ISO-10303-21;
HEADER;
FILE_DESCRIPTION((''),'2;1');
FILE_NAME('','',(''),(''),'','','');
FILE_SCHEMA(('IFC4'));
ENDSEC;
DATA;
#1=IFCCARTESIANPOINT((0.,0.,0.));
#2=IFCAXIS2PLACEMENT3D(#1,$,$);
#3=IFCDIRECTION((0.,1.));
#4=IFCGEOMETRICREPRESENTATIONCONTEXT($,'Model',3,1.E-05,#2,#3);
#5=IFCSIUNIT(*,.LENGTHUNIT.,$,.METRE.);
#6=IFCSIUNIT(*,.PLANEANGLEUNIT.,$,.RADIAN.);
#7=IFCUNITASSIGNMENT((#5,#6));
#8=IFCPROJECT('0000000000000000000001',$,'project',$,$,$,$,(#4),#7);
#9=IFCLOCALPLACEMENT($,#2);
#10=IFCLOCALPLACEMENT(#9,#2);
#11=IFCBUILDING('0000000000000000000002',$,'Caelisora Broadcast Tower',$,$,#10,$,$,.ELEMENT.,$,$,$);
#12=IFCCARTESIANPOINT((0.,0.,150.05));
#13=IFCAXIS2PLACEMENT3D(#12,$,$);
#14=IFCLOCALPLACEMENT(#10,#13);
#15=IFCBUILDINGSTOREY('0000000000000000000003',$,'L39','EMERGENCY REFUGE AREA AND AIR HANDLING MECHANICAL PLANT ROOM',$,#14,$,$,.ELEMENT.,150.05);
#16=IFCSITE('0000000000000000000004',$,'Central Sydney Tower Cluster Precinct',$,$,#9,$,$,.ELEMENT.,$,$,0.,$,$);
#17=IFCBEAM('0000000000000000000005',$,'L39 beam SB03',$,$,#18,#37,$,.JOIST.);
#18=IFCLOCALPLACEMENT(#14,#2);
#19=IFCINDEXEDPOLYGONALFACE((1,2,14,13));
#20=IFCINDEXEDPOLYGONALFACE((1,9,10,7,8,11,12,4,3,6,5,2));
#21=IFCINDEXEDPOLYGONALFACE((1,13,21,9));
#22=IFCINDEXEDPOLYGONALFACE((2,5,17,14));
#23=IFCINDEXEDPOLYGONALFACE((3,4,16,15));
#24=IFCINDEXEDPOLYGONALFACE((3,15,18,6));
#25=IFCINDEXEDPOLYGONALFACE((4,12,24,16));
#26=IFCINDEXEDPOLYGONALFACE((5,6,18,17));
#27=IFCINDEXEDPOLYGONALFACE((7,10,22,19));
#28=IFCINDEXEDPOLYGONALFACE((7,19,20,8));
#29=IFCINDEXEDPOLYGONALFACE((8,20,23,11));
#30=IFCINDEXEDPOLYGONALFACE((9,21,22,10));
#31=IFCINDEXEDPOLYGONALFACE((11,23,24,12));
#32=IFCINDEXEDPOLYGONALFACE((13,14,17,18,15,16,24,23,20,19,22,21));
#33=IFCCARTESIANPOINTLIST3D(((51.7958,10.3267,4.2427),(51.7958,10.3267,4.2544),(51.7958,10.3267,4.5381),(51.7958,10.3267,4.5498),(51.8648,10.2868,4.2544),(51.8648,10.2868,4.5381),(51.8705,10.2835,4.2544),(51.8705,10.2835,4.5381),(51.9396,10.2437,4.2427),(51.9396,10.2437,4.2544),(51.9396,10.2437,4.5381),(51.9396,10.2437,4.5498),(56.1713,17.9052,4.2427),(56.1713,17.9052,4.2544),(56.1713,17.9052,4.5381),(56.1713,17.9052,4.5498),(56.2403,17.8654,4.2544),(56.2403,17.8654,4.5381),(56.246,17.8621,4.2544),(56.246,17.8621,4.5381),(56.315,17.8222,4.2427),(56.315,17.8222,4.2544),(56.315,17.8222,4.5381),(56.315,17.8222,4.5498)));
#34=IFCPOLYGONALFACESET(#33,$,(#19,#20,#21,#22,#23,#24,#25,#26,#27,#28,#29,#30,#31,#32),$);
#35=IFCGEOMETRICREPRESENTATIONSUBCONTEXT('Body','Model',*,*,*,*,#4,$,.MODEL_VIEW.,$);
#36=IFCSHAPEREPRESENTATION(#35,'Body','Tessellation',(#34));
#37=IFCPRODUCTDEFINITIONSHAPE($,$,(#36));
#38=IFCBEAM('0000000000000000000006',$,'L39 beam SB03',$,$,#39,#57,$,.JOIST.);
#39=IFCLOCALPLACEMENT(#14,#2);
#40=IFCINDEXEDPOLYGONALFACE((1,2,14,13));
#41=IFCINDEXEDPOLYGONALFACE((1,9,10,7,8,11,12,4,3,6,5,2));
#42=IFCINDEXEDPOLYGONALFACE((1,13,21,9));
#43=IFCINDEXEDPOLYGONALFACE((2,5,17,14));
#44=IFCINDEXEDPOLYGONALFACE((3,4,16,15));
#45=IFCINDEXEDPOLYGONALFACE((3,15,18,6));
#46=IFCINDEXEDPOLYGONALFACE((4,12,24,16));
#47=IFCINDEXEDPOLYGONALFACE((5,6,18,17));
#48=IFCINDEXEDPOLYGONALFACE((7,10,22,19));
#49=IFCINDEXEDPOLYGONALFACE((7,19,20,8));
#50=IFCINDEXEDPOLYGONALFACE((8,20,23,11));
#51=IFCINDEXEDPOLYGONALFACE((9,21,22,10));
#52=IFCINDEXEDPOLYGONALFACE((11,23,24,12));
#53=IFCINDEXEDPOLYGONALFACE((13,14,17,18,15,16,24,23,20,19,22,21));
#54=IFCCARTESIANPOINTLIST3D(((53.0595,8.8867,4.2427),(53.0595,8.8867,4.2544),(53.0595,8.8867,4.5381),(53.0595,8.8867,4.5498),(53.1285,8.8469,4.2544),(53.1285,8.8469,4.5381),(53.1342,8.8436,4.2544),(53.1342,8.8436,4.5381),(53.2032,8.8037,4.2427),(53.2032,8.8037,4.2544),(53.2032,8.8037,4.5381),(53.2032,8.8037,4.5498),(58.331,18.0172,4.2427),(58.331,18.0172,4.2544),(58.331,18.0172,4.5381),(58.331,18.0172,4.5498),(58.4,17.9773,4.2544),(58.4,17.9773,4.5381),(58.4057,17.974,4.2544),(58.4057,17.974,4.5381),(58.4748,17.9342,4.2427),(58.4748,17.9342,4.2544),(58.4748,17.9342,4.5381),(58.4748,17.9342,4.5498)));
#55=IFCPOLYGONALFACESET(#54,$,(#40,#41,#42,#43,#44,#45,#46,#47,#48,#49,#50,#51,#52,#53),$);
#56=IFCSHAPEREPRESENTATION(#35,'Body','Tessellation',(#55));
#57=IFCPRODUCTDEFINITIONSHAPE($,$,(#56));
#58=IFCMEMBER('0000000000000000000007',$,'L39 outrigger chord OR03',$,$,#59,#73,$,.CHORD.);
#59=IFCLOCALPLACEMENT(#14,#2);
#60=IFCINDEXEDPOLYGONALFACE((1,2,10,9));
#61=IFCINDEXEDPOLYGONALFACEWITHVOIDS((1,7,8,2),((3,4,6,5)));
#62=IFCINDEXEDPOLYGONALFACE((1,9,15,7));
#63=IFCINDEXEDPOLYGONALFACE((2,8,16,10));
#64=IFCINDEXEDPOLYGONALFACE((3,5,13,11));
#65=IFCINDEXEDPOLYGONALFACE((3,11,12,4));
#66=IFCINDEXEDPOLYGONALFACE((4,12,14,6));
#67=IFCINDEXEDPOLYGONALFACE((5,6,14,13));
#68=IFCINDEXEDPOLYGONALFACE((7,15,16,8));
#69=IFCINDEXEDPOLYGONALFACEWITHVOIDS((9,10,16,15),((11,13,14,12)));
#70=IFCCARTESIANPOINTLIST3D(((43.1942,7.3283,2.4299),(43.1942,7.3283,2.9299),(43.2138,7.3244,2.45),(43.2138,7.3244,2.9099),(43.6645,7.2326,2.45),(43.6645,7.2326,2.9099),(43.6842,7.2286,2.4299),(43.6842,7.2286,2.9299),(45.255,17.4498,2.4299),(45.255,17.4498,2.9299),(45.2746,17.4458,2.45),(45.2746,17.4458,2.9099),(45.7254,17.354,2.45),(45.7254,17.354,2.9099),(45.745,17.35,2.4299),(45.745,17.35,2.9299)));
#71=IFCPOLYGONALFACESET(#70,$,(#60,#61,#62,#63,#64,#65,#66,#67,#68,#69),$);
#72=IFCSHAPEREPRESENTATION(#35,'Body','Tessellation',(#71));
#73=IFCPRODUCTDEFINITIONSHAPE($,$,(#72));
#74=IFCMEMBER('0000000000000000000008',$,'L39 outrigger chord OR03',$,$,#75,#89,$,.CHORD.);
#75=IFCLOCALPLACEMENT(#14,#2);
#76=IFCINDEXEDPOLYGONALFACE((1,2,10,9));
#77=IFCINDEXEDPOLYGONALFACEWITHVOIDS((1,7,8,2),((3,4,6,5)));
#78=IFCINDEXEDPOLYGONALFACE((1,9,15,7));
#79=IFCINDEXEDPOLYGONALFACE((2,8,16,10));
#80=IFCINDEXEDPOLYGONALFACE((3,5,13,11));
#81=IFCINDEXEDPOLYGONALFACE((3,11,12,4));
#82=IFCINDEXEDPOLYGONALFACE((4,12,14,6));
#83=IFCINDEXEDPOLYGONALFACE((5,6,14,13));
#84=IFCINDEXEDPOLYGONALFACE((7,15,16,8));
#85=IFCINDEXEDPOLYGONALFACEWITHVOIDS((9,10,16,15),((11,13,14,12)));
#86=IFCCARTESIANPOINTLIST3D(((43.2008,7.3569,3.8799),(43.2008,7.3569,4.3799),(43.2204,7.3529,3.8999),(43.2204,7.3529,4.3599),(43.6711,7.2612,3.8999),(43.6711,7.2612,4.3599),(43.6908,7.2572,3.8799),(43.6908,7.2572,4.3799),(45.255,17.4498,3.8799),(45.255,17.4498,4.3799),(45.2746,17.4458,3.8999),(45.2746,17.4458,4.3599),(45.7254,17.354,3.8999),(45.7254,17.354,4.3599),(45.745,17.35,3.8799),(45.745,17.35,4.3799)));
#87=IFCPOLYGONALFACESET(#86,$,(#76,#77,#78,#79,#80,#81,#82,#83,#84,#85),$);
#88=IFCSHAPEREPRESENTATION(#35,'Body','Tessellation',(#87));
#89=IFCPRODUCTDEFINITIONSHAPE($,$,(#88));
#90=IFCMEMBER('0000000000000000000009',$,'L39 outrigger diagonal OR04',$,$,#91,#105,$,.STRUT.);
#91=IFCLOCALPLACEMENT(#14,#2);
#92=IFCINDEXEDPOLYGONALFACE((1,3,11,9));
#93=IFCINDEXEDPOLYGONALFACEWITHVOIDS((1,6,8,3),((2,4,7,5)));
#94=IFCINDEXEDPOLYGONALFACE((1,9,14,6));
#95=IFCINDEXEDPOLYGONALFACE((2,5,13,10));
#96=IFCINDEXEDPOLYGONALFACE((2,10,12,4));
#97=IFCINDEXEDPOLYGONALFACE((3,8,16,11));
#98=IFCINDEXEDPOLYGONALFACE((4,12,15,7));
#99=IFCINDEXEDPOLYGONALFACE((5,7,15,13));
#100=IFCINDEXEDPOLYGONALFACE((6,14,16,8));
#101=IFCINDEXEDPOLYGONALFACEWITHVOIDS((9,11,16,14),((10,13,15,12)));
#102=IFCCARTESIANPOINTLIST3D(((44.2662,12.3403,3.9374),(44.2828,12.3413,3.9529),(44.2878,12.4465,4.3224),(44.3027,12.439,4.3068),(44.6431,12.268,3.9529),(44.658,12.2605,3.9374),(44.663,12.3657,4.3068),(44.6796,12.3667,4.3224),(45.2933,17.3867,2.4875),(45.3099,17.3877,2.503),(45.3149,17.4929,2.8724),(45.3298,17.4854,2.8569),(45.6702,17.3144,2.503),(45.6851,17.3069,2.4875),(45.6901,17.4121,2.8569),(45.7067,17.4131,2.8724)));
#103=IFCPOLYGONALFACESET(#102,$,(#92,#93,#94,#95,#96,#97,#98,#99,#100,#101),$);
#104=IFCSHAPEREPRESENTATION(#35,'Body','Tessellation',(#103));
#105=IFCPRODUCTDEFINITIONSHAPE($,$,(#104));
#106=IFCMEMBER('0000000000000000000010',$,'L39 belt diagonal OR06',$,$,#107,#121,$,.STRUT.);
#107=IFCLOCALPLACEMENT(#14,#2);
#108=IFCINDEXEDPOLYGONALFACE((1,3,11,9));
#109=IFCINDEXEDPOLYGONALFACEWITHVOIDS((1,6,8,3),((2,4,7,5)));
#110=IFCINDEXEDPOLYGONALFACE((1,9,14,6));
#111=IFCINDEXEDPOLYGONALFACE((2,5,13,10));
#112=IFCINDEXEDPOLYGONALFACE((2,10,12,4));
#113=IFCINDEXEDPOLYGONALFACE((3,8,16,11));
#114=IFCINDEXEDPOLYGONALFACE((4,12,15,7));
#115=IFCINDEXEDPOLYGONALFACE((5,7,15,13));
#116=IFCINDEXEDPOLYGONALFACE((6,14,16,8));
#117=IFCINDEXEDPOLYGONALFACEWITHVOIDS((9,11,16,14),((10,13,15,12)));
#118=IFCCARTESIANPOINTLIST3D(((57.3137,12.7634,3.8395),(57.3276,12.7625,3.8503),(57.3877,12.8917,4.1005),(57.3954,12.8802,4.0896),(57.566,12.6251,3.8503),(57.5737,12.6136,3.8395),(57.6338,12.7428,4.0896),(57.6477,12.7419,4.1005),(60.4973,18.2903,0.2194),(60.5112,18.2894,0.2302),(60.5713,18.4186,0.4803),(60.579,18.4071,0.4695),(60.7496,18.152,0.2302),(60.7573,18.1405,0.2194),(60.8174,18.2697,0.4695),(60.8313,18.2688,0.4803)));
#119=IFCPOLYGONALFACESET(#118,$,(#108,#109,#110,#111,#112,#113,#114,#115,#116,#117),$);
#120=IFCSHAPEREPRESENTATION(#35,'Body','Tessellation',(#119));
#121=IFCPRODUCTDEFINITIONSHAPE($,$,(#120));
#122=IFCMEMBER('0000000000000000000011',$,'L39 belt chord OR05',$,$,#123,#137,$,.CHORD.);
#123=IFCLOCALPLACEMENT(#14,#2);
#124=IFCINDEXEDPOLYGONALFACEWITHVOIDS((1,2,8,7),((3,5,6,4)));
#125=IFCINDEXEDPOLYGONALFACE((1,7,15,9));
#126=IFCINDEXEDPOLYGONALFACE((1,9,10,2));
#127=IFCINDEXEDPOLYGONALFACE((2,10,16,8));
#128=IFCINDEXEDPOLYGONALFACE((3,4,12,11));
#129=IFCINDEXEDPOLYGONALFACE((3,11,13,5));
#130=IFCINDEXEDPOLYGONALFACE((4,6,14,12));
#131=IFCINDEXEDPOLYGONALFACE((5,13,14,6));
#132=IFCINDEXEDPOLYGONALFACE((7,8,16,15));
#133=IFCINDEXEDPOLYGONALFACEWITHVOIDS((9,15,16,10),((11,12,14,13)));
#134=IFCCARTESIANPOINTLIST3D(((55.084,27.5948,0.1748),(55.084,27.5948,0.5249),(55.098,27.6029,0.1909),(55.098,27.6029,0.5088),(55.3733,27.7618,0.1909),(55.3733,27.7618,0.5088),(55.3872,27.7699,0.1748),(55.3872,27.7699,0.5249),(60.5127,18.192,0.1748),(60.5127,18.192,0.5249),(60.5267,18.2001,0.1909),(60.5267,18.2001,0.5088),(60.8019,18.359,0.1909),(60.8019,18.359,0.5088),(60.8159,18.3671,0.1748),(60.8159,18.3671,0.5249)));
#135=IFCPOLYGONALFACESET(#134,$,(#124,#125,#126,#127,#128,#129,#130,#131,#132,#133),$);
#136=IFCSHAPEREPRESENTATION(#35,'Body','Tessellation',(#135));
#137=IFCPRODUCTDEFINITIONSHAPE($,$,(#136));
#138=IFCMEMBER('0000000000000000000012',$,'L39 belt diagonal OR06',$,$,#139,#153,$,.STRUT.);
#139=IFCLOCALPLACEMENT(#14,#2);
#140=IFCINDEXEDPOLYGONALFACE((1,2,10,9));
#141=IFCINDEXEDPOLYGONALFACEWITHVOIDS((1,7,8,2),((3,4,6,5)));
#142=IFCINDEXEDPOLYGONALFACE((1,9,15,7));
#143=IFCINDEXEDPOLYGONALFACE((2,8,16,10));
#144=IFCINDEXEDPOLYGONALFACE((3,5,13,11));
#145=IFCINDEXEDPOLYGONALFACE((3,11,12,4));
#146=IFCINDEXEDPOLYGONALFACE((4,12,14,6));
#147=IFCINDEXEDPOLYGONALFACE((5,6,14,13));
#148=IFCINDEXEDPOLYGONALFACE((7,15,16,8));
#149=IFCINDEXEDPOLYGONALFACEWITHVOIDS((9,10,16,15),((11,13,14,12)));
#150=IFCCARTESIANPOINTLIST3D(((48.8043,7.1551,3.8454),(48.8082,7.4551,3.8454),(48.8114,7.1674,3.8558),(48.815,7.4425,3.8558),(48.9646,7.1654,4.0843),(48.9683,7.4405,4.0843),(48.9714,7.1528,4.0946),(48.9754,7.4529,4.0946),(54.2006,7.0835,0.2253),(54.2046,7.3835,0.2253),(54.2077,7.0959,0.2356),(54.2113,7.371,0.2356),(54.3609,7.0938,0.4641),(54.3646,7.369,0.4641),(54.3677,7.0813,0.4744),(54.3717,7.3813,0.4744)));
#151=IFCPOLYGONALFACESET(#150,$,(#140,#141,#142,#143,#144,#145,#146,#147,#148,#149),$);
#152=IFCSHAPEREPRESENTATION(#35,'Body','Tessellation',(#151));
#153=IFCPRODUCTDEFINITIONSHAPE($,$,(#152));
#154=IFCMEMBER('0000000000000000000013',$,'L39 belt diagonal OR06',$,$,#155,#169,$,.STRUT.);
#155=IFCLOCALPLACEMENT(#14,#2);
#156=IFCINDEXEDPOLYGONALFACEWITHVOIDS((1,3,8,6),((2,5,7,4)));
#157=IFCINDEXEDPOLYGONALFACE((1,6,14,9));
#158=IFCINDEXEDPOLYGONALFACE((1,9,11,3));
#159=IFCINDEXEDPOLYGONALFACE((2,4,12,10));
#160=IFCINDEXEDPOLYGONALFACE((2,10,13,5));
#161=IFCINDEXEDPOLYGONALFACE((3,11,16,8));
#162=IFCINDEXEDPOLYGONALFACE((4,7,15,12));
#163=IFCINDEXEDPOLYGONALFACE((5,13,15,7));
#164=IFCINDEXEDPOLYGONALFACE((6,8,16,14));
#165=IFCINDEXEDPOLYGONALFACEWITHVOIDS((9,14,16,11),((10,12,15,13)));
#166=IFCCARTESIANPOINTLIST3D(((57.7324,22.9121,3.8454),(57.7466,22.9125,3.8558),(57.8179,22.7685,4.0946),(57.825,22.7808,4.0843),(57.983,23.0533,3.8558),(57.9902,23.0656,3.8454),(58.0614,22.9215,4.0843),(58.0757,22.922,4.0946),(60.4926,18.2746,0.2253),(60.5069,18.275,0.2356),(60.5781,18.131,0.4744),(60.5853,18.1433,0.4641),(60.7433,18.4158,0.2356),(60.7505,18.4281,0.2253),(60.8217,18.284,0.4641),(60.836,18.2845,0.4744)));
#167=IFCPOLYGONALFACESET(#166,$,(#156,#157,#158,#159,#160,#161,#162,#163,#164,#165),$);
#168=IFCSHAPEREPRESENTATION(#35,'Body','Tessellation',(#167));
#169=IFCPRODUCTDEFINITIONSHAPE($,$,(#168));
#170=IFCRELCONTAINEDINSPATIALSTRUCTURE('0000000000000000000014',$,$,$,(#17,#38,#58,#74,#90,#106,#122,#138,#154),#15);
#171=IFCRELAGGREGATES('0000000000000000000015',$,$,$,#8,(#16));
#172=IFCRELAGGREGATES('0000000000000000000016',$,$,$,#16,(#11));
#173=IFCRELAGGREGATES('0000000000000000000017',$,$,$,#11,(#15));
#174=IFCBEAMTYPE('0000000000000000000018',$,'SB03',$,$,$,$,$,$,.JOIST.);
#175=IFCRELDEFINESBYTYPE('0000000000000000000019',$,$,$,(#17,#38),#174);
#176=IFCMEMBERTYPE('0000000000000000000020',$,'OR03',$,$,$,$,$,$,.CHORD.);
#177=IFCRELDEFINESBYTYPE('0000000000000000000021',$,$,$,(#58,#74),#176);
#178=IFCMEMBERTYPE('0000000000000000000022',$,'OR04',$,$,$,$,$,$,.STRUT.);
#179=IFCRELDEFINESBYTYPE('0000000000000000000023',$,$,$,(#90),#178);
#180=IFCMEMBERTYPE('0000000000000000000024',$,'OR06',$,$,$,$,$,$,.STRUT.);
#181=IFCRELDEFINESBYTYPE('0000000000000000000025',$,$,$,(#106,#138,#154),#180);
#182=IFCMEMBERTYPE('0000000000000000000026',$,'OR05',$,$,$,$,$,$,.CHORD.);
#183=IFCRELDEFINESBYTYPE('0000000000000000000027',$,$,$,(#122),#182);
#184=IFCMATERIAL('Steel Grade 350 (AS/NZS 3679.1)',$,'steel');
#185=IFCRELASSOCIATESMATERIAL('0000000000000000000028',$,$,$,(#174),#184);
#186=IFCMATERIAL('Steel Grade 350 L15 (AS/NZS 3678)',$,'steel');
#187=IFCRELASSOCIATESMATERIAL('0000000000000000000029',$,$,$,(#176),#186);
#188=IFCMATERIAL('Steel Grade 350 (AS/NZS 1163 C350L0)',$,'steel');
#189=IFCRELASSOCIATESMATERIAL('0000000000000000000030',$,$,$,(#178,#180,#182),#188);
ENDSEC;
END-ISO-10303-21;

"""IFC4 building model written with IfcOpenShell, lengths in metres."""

from ifc_helpers import new_model, si_unit, direction, frame, origin, origin_2d, place, context, subcontext, project, spatial, hollow_rectangle, i_section, extrude, source, transform, mapped, material, material_profile, profile_set, type_object, type_shapes, element, save


model = new_model("IFC4")

# Units and contexts
model_context = context("Model", 3, precision=1e-05, world=origin(), true_north=direction((0.0, 1.0)))
body_context = subcontext(model_context, "Body", "Model", "MODEL_VIEW")
ifc_project = project(units=[si_unit("LENGTHUNIT", "METRE"), si_unit("PLANEANGLEUNIT", "RADIAN")], contexts=[model_context])

# Site, building, storey
site_placement = place(None, origin())
site = spatial("IfcSite", under=ifc_project, at=site_placement, Name="Central Sydney Tower Cluster Precinct", CompositionType="ELEMENT", RefElevation=0.0)
building_placement = place(site_placement, origin())
building = spatial("IfcBuilding", under=site, at=building_placement, Name="Caelisora Broadcast Tower", CompositionType="ELEMENT")
storey_placement = place(building_placement, frame((0.0, 0.0, 150.05)))
storey = spatial("IfcBuildingStorey", under=building, at=storey_placement, Name="L39", Description="EMERGENCY REFUGE AREA AND AIR HANDLING MECHANICAL PLANT ROOM", CompositionType="ELEMENT", Elevation=150.05)

# Shared definitions
ifc_material_1 = material(Name="Steel Grade 350 L15 (AS/NZS 3678)", Category="steel")

# Shared definitions
ifc_material_2 = material(Name="Steel Grade 350 (AS/NZS 1163 C350L0)", Category="steel")

# Beams
ifc_material_3 = material(Name="Steel Grade 350 (AS/NZS 3679.1)", Category="steel")
ifc_material_profile_1 = material_profile(ifc_material_3, i_section(OverallWidth=0.166, OverallDepth=0.3071, WebThickness=0.0066, FlangeThickness=0.0117, at=origin_2d()), Name="Steel Grade 350 (AS/NZS 3679.1)")
ifc_profile_set_1 = profile_set([ifc_material_profile_1], Name="Steel Grade 350 (AS/NZS 3679.1)")
beam_type_1 = type_object("IfcBeamType", Name="SB03", PredefinedType="JOIST", material=ifc_profile_set_1)
shared_shape_1 = source(origin(), body_context, "Body", "SweptSolid", [
    extrude(i_section(OverallWidth=0.166, OverallDepth=0.3071, WebThickness=0.0066, FlangeThickness=0.0117, at=origin_2d()), origin(), (0.0, 0.0, 1.0), 8.751),
])
beam_1_placement = place(storey_placement, frame((51.8677, 10.2852, 4.3962), z_axis=(0.499998, 0.866027, 0.0), x_axis=(-0.866027, 0.499998, 0.0)))
element("IfcBeam", 1, at=beam_1_placement, inside=storey, type_object=beam_type_1, Name="L39 beam SB03", PredefinedType="JOIST", context=body_context, shape_type="MappedRepresentation", body=[
    mapped(shared_shape_1, transform((0.0, 0.0, 0.0), scale=1.0)),
])
shared_shape_2 = source(origin(), body_context, "Body", "SweptSolid", [
    extrude(i_section(OverallWidth=0.166, OverallDepth=0.3071, WebThickness=0.0066, FlangeThickness=0.0117, at=origin_2d()), origin(), (0.0, 0.0, 1.0), 10.543),
])
beam_2_placement = place(storey_placement, frame((53.1313, 8.8452, 4.3962), z_axis=(0.500004, 0.866023, 0.0), x_axis=(-0.866023, 0.500004, 0.0)))
element("IfcBeam", 2, at=beam_2_placement, inside=storey, type_object=beam_type_1, Name="L39 beam SB03", PredefinedType="JOIST", context=body_context, shape_type="MappedRepresentation", body=[
    mapped(shared_shape_2, transform((0.0, 0.0, 0.0), scale=1.0)),
])

# Members
ifc_material_profile_2 = material_profile(ifc_material_1, hollow_rectangle(XDim=0.5, YDim=0.5, WallThickness=0.02, at=origin_2d()), Name="Steel Grade 350 L15 (AS/NZS 3678)")
ifc_profile_set_2 = profile_set([ifc_material_profile_2], Name="Steel Grade 350 L15 (AS/NZS 3678)")
member_type_1 = type_object("IfcMemberType", Name="OR03", PredefinedType="CHORD", material=ifc_profile_set_2)
shared_shape_3 = source(origin(), body_context, "Body", "SweptSolid", [
    extrude(hollow_rectangle(XDim=0.5, YDim=0.5, WallThickness=0.02, at=origin_2d()), origin(), (0.0, 0.0, 1.0), 10.3291),
])
member_1_placement = place(storey_placement, frame((45.5, 17.3999, 2.6799), z_axis=(-0.199515, -0.979895, 0.0), x_axis=(0.979895, -0.199515, 0.0)))
element("IfcMember", 3, at=member_1_placement, inside=storey, type_object=member_type_1, Name="L39 outrigger chord OR03", PredefinedType="CHORD", context=body_context, shape_type="MappedRepresentation", body=[
    mapped(shared_shape_3, transform((0.0, 0.0, 0.0), scale=1.0)),
])
shared_shape_4 = source(origin(), body_context, "Body", "SweptSolid", [
    extrude(hollow_rectangle(XDim=0.5, YDim=0.5, WallThickness=0.02, at=origin_2d()), origin(), (0.0, 0.0, 1.0), 10.2998),
])
type_shapes(member_type_1, [shared_shape_3, shared_shape_4])
member_2_placement = place(storey_placement, frame((45.5, 17.3999, 4.1299), z_axis=(-0.199443, -0.97991, 0.0), x_axis=(0.97991, -0.199443, 0.0)))
element("IfcMember", 4, at=member_2_placement, inside=storey, type_object=member_type_1, Name="L39 outrigger chord OR03", PredefinedType="CHORD", context=body_context, shape_type="MappedRepresentation", body=[
    mapped(shared_shape_4, transform((0.0, 0.0, 0.0), scale=1.0)),
])
ifc_material_profile_3 = material_profile(ifc_material_2, hollow_rectangle(XDim=0.3999, YDim=0.3999, WallThickness=0.0161, at=origin_2d()), Name="Steel Grade 350 (AS/NZS 1163 C350L0)")
ifc_profile_set_3 = profile_set([ifc_material_profile_3], Name="Steel Grade 350 (AS/NZS 1163 C350L0)")
member_type_2 = type_object("IfcMemberType", Name="OR04", PredefinedType="STRUT", material=ifc_profile_set_3)
shared_shape_5 = source(origin(), body_context, "Body", "SweptSolid", [
    extrude(hollow_rectangle(XDim=0.3999, YDim=0.3999, WallThickness=0.0161, at=origin_2d()), origin(), (0.0, 0.0, 1.0), 5.3501),
])
type_shapes(member_type_2, [shared_shape_5])
member_3_placement = place(storey_placement, frame((45.5, 17.3999, 2.6799), z_axis=(-0.191979, -0.943236, 0.271015), x_axis=(0.97991, -0.199443, 0.0)))
element("IfcMember", 5, at=member_3_placement, inside=storey, type_object=member_type_2, Name="L39 outrigger diagonal OR04", PredefinedType="STRUT", context=body_context, shape_type="MappedRepresentation", body=[
    mapped(shared_shape_5, transform((0.0, 0.0, 0.0), scale=1.0)),
])
ifc_material_profile_4 = material_profile(ifc_material_2, hollow_rectangle(XDim=0.3, YDim=0.3, WallThickness=0.0125, at=origin_2d()), Name="Steel Grade 350 (AS/NZS 1163 C350L0)")
ifc_profile_set_4 = profile_set([ifc_material_profile_4], Name="Steel Grade 350 (AS/NZS 1163 C350L0)")
member_type_3 = type_object("IfcMemberType", Name="OR06", PredefinedType="STRUT", material=ifc_profile_set_4)
shared_shape_6 = source(origin(), body_context, "Body", "SweptSolid", [
    extrude(hollow_rectangle(XDim=0.3, YDim=0.3, WallThickness=0.0125, at=origin_2d()), origin(), (0.0, 0.0, 1.0), 7.334),
])
member_4_placement = place(storey_placement, frame((60.6643, 18.2795, 0.3499), z_axis=(-0.434091, -0.7536, 0.493612), x_axis=(0.866523, -0.499137, 0.0)))
element("IfcMember", 6, at=member_4_placement, inside=storey, type_object=member_type_3, Name="L39 belt diagonal OR06", PredefinedType="STRUT", context=body_context, shape_type="MappedRepresentation", body=[
    mapped(shared_shape_6, transform((0.0, 0.0, 0.0), scale=1.0)),
])
ifc_material_profile_5 = material_profile(ifc_material_2, hollow_rectangle(XDim=0.3501, YDim=0.3501, WallThickness=0.0161, at=origin_2d()), Name="Steel Grade 350 (AS/NZS 1163 C350L0)")
ifc_profile_set_5 = profile_set([ifc_material_profile_5], Name="Steel Grade 350 (AS/NZS 1163 C350L0)")
member_type_4 = type_object("IfcMemberType", Name="OR05", PredefinedType="CHORD", material=ifc_profile_set_5)
shared_shape_7 = source(origin(), body_context, "Body", "SweptSolid", [
    extrude(hollow_rectangle(XDim=0.3501, YDim=0.3501, WallThickness=0.0161, at=origin_2d()), origin(), (0.0, 0.0, 1.0), 10.8574),
])
member_5_placement = place(storey_placement, frame((60.6643, 18.2795, 0.3499), z_axis=(-0.499999, 0.866026, 0.0), x_axis=(-0.866026, -0.499999, 0.0)))
element("IfcMember", 7, at=member_5_placement, inside=storey, type_object=member_type_4, Name="L39 belt chord OR05", PredefinedType="CHORD", context=body_context, shape_type="MappedRepresentation", body=[
    mapped(shared_shape_7, transform((0.0, 0.0, 0.0), scale=1.0)),
])
shared_shape_8 = source(origin(), body_context, "Body", "SweptSolid", [
    extrude(hollow_rectangle(XDim=0.3, YDim=0.3, WallThickness=0.0125, at=origin_2d()), origin(), (0.0, 0.0, 1.0), 6.4985),
])
for number, where, z_axis, x_axis, name in (
    (8, (54.2861, 7.2324, 0.3499), (-0.83039, 0.011008, 0.557074), (-0.013255, -0.999912, 0.0), "L39 belt diagonal OR06"),
    (9, (60.6643, 18.2795, 0.3499), (-0.424754, 0.713621, 0.557072), (-0.859304, -0.511466, 0.0), "L39 belt diagonal OR06"),
):
    element("IfcMember", number, at=place(storey_placement, frame(where, z_axis=z_axis, x_axis=x_axis)), inside=storey, type_object=member_type_3, Name=name, PredefinedType="STRUT", context=body_context, shape_type="MappedRepresentation", body=[
        mapped(shared_shape_8, transform((0.0, 0.0, 0.0), scale=1.0)),
    ])

save(model, "model.ifc")
